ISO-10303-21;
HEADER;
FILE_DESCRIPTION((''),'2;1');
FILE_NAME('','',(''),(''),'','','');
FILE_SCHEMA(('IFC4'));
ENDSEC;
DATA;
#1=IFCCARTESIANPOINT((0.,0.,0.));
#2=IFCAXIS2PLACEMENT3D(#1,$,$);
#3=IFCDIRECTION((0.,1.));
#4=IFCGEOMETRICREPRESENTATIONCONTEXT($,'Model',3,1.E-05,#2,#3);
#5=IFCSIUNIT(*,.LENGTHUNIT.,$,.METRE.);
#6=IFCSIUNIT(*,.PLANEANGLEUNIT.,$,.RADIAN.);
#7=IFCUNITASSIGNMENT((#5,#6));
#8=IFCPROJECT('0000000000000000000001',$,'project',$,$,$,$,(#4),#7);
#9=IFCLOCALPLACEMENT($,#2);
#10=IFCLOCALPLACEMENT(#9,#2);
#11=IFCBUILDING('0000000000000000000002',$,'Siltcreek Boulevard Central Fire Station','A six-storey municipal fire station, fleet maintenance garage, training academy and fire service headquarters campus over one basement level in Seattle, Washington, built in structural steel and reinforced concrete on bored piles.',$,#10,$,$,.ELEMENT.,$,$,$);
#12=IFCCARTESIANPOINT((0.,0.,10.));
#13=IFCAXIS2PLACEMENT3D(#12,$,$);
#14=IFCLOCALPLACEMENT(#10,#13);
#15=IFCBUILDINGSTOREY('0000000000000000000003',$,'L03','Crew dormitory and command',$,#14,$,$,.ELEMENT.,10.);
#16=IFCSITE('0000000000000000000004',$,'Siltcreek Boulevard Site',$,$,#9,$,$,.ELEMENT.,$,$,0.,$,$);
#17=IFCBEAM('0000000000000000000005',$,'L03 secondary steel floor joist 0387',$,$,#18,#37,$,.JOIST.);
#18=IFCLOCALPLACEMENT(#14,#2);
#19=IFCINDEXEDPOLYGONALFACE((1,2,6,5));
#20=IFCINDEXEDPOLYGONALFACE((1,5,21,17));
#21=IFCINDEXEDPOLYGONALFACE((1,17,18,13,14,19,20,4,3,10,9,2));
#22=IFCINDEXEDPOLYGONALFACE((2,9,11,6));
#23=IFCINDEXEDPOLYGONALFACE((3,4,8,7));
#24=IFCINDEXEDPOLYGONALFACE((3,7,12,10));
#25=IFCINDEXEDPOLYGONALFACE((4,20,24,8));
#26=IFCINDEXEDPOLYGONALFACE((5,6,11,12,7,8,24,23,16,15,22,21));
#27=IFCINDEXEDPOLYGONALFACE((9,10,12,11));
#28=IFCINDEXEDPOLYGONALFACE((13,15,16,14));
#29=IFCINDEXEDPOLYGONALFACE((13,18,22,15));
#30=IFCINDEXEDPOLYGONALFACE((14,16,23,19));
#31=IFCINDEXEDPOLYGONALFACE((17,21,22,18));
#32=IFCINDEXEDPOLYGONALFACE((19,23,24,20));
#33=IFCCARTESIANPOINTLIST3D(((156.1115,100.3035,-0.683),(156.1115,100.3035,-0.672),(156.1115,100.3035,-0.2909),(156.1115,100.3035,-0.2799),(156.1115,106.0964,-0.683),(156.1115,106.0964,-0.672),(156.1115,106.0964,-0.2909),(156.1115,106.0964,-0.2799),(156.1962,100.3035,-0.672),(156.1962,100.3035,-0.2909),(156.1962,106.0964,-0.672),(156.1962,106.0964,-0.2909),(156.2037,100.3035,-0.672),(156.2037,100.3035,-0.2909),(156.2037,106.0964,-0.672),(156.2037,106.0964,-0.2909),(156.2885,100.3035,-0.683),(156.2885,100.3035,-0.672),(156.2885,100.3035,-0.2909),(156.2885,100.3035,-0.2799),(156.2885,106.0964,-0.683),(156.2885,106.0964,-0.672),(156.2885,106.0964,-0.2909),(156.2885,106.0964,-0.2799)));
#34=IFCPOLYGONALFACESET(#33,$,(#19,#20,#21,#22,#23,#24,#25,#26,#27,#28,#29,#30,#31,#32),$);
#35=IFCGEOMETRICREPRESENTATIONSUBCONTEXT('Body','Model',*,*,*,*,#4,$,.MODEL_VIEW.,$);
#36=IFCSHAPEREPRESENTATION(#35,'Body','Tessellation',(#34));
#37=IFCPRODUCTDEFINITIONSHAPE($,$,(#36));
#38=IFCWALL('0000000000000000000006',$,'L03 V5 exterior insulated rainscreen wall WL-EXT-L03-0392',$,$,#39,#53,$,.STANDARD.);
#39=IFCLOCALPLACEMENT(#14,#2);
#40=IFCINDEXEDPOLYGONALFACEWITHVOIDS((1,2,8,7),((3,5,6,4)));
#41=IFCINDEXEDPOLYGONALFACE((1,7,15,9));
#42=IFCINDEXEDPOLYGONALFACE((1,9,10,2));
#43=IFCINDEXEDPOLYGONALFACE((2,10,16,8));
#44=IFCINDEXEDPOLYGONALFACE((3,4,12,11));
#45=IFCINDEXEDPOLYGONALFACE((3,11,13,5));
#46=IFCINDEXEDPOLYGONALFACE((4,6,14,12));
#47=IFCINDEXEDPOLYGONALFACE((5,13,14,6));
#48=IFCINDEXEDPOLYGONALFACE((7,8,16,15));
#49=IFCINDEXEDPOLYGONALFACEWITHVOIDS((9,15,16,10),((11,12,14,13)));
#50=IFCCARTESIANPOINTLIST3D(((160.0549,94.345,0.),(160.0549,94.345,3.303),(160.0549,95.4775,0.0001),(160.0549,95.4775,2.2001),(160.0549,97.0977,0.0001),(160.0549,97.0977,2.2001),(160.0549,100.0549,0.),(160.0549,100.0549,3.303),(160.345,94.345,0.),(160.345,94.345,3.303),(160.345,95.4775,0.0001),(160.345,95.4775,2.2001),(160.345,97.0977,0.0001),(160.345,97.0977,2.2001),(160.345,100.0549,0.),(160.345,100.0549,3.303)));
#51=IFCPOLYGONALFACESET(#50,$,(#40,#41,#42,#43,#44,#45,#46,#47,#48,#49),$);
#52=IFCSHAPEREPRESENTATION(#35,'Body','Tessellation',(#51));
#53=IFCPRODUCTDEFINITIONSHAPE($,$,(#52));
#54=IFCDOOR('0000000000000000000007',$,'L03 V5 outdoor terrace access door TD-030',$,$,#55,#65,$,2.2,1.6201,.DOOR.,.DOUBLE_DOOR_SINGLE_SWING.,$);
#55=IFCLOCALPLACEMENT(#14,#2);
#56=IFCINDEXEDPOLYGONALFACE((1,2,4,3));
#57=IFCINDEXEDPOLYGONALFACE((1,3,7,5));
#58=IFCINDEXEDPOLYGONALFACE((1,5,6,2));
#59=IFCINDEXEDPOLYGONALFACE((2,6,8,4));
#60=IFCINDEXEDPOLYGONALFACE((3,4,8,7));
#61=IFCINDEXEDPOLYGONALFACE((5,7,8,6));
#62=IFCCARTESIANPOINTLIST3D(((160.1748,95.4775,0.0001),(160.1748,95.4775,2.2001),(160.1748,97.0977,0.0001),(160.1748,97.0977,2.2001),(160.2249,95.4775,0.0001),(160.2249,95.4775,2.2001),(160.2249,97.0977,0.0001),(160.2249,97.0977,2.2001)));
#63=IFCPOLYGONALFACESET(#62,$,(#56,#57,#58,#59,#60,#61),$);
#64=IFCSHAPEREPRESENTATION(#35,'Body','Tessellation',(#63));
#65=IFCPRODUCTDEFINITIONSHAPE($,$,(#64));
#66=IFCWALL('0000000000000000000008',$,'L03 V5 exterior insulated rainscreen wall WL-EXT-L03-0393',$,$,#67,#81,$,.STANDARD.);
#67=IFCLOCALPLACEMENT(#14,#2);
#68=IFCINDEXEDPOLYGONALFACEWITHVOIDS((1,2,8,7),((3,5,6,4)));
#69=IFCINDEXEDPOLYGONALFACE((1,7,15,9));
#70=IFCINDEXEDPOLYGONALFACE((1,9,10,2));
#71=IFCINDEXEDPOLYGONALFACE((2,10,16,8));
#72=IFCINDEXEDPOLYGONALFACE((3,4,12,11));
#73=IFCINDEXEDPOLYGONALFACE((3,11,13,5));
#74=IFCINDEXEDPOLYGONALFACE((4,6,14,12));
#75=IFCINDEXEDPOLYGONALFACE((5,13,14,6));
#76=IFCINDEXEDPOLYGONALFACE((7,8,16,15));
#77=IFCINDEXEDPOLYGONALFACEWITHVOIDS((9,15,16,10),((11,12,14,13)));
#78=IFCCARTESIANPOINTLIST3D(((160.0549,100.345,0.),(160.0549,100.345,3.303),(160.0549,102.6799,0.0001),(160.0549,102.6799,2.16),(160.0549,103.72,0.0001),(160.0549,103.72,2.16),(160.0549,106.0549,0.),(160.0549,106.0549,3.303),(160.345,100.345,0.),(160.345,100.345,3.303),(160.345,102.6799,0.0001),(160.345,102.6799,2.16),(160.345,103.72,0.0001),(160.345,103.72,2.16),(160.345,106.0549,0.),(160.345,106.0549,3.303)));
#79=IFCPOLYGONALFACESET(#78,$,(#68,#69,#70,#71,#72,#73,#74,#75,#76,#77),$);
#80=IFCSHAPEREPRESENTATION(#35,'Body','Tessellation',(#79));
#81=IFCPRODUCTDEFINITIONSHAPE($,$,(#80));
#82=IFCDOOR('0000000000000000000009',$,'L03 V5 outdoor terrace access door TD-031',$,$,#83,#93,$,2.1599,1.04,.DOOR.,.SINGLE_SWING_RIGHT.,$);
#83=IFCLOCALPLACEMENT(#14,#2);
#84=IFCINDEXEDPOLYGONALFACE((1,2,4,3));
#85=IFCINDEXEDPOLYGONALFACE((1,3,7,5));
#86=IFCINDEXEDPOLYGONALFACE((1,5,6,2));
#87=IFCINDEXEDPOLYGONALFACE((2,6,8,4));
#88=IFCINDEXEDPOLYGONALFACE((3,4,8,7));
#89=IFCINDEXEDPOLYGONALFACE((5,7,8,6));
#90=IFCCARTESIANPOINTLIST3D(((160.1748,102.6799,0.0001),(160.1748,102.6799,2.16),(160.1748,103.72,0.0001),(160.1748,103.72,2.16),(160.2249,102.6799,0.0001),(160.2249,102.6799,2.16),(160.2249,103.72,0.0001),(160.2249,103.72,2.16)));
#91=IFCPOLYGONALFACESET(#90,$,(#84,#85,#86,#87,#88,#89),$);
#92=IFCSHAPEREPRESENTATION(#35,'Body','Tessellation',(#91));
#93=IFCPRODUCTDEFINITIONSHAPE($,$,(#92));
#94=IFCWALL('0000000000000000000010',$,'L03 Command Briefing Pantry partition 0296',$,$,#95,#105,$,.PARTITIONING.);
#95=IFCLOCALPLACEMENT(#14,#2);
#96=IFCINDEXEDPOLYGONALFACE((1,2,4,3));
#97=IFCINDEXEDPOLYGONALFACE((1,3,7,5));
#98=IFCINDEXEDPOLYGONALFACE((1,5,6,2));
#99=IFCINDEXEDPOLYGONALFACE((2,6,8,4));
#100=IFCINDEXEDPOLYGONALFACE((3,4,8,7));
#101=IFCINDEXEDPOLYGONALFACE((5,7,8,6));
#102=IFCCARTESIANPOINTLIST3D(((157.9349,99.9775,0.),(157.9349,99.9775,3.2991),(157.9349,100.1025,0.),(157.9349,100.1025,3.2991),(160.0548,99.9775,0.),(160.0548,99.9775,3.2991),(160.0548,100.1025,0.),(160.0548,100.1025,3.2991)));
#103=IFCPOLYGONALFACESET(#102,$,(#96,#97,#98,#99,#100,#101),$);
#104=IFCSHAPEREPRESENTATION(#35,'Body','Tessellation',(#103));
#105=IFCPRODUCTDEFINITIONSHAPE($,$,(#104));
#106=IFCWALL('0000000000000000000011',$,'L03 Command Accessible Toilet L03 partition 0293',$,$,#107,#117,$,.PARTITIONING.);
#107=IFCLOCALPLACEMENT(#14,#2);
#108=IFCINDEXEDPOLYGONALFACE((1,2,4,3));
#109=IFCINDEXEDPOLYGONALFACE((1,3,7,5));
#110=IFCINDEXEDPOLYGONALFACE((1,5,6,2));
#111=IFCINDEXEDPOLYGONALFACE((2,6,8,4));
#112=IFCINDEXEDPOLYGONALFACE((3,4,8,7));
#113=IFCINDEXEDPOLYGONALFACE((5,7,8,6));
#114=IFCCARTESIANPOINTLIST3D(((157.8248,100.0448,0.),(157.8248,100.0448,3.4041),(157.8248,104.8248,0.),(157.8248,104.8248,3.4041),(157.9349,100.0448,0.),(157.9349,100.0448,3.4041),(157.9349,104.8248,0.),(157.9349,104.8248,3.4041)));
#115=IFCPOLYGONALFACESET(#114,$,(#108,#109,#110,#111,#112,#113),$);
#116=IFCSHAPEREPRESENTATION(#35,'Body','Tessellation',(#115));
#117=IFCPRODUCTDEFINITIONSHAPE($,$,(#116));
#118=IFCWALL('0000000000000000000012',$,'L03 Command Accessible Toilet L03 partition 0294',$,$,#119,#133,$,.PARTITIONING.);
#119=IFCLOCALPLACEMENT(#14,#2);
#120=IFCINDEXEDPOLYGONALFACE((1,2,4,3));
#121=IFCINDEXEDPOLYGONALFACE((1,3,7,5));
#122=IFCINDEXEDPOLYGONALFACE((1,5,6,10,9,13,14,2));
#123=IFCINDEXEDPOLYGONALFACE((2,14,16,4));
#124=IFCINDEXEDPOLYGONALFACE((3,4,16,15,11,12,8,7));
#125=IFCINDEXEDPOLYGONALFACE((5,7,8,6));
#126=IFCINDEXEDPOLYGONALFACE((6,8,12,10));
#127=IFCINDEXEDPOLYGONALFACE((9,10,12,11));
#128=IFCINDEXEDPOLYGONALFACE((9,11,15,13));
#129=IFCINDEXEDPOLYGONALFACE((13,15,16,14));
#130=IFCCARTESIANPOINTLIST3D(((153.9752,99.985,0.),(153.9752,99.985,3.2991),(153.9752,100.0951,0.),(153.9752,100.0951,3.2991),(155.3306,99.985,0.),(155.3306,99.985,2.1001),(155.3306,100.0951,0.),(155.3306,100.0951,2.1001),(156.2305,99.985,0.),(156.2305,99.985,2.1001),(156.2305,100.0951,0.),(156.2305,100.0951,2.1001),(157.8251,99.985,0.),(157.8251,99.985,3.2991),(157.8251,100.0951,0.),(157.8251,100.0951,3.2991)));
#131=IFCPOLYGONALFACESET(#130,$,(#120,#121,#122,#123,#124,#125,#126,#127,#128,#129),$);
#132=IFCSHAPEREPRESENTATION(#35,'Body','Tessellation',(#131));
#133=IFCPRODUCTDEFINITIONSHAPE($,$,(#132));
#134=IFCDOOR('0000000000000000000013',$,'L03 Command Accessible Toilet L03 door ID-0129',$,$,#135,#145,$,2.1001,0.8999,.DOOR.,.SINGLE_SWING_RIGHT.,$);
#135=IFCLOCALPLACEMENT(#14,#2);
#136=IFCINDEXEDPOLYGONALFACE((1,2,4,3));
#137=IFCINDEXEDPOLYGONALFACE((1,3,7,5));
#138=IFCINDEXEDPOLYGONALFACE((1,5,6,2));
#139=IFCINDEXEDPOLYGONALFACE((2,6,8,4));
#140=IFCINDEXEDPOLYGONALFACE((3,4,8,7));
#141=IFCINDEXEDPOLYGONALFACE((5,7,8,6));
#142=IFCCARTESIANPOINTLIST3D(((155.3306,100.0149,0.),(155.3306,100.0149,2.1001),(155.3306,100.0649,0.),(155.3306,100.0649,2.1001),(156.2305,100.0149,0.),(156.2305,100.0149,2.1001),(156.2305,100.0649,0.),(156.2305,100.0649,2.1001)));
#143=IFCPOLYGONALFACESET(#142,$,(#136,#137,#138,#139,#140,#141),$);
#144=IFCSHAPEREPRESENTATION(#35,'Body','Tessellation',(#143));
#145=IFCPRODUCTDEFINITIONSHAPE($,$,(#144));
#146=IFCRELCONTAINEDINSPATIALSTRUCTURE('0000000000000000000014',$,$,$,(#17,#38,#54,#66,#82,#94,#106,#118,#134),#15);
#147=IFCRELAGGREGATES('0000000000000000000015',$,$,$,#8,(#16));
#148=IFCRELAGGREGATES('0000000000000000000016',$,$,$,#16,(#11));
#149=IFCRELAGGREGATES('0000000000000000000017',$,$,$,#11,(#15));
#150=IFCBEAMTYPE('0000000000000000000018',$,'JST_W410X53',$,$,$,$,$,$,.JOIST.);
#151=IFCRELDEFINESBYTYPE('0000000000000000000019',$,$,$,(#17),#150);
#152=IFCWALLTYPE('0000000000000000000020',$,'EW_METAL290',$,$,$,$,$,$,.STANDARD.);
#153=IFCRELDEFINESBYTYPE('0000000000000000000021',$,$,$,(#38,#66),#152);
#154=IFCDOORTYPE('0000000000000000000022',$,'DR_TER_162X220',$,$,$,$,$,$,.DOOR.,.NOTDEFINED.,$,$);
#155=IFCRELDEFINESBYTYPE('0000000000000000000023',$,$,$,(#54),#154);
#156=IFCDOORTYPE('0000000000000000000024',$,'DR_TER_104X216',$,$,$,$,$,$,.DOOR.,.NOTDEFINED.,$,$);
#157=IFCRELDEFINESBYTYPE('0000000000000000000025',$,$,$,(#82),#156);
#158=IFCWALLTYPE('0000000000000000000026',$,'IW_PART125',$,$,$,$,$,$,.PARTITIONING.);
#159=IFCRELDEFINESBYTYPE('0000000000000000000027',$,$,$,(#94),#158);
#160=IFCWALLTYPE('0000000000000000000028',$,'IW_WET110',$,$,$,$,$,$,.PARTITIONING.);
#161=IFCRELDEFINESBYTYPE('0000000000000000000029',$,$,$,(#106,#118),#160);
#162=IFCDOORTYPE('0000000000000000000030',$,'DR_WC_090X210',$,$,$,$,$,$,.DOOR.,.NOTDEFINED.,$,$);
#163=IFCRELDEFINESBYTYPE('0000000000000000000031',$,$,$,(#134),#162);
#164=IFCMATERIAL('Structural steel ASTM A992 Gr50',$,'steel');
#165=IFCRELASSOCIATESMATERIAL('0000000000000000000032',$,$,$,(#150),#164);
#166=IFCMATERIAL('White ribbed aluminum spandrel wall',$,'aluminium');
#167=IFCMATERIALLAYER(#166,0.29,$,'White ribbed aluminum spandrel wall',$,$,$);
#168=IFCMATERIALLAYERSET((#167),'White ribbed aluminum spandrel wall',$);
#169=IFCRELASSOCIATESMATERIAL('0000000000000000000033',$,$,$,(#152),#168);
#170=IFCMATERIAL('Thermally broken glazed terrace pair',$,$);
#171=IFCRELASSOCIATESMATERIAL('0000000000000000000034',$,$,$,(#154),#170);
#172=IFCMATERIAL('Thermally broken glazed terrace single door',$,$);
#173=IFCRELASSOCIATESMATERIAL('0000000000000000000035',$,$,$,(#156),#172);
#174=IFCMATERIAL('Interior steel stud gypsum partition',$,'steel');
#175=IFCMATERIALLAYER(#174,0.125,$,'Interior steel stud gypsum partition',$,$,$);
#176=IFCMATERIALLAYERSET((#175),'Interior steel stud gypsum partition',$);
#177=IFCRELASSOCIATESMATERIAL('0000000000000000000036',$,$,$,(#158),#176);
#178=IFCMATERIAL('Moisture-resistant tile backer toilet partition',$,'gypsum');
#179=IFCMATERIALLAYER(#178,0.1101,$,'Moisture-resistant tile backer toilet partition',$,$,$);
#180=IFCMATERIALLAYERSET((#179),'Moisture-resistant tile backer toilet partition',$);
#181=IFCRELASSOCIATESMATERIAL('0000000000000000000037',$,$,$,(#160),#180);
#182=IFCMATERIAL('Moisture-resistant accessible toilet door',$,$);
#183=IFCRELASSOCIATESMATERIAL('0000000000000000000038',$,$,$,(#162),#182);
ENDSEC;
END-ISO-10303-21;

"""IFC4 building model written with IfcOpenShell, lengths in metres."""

from ifc_helpers import new_model, si_unit, direction, frame, frame_2d, origin, origin_2d, place, context, subcontext, project, spatial, rectangle, i_section, extrude, material, layer, layer_set, material_profile, profile_set, type_object, element, fill, save


model = new_model("IFC4")

# Units and contexts
model_context = context("Model", 3, precision=1e-05, world=origin(), true_north=direction((0.0, 1.0)))
body_context = subcontext(model_context, "Body", "Model", "MODEL_VIEW")
ifc_project = project(units=[si_unit("LENGTHUNIT", "METRE"), si_unit("PLANEANGLEUNIT", "RADIAN")], contexts=[model_context])

# Site, building, storey
site_placement = place(None, origin())
site = spatial("IfcSite", under=ifc_project, at=site_placement, Name="Siltcreek Boulevard Site", CompositionType="ELEMENT", RefElevation=0.0)
building_placement = place(site_placement, origin())
building = spatial("IfcBuilding", under=site, at=building_placement, Name="Siltcreek Boulevard Central Fire Station", Description="A six-storey municipal fire station, fleet maintenance garage, training academy and fire service headquarters campus over one basement level in Seattle, Washington, built in structural steel and reinforced concrete on bored piles.", CompositionType="ELEMENT")
storey_placement = place(building_placement, frame((0.0, 0.0, 10.0)))
storey = spatial("IfcBuildingStorey", under=building, at=storey_placement, Name="L03", Description="Crew dormitory and command", CompositionType="ELEMENT", Elevation=10.0)

# Shared definitions
ifc_material_1 = material(Name="Structural steel ASTM A992 Gr50", Category="steel")

# Beam
ifc_material_profile_1 = material_profile(ifc_material_1, i_section(OverallWidth=0.177, OverallDepth=0.4031, WebThickness=0.0076, FlangeThickness=0.011, at=origin_2d()), Name="W410X53")
ifc_profile_set_1 = profile_set([ifc_material_profile_1], Name="Structural steel ASTM A992 Gr50")
beam_type_1 = type_object("IfcBeamType", Name="JST_W410X53", PredefinedType="JOIST", material=ifc_profile_set_1)
for number, where, z_axis, x_axis, name in (
    (1, (156.2, 100.3035, -0.4814), (0.0, 1.0, 0.0), (-1.0, 0.0, 0.0), "L03 secondary steel floor joist 0387"),
):
    element("IfcBeam", number, at=place(storey_placement, frame(where, z_axis=z_axis, x_axis=x_axis)), inside=storey, type_object=beam_type_1, Name=name, PredefinedType="JOIST", context=body_context, shape_type="SweptSolid", body=[
        extrude(i_section(OverallWidth=0.177, OverallDepth=0.4031, WebThickness=0.0076, FlangeThickness=0.011, at=origin_2d()), origin(), (0.0, 0.0, 1.0), 5.793),
    ])

# Walls, openings, doors
ifc_material_2 = material(Name="White ribbed aluminum spandrel wall", Category="aluminium")
ifc_layer_1 = layer(ifc_material_2, 0.29, Name="White ribbed aluminum spandrel wall")
ifc_layer_set_1 = layer_set([ifc_layer_1], Name="White ribbed aluminum spandrel wall")
wall_type_1 = type_object("IfcWallType", Name="EW_METAL290", PredefinedType="STANDARD", material=ifc_layer_set_1)
wall_1_placement = place(storey_placement, frame((160.2, 94.345, 0.0), z_axis=(0.0, 0.0, 1.0), x_axis=(0.0, 1.0, 0.0)))
wall_1 = element("IfcWall", 2, at=wall_1_placement, inside=storey, type_object=wall_type_1, Name="L03 V5 exterior insulated rainscreen wall WL-EXT-L03-0392", PredefinedType="STANDARD", context=body_context, shape_type="SweptSolid", body=[
    extrude(rectangle(XDim=5.71, YDim=0.29, at=frame_2d((2.855, 0.0))), origin(), (0.0, 0.0, 1.0), 3.303),
])
opening_1_placement = place(wall_1_placement, frame((1.1326, 0.0, 0.0)))
opening_1 = element("IfcOpeningElement", 3, at=opening_1_placement, cuts=wall_1, PredefinedType="OPENING", context=body_context, shape_type="SweptSolid", body=[
    extrude(rectangle(XDim=1.6201, YDim=2.2, at=frame_2d((0.8101, 1.1001))), frame((0.0, 0.155, 0.0), z_axis=(0.0, -1.0, 0.0), x_axis=(1.0, 0.0, 0.0)), (0.0, 0.0, 1.0), 0.3101),
])
ifc_material_3 = material(Name="Thermally broken glazed terrace pair")
door_type_1 = type_object("IfcDoorType", Name="DR_TER_162X220", OperationType="NOTDEFINED", PredefinedType="DOOR", material=ifc_material_3)
door_1_placement = place(opening_1_placement, frame((1.6201, 0.0, 0.0), z_axis=(0.0, 0.0, 1.0), x_axis=(-1.0, 0.0, 0.0)))
door_1 = element("IfcDoor", 4, at=door_1_placement, inside=storey, type_object=door_type_1, Name="L03 V5 outdoor terrace access door TD-030", OperationType="DOUBLE_DOOR_SINGLE_SWING", OverallHeight=2.2, OverallWidth=1.6201, PredefinedType="DOOR", context=body_context, shape_type="SweptSolid", body=[
    extrude(rectangle(XDim=1.6201, YDim=2.2, at=frame_2d((0.8101, 1.1001))), frame((0.0, 0.0249, 0.0), z_axis=(0.0, -1.0, 0.0), x_axis=(1.0, 0.0, 0.0)), (0.0, 0.0, 1.0), 0.05),
])
fill(opening_1, door_1)
wall_2_placement = place(storey_placement, frame((160.2, 100.345, 0.0), z_axis=(0.0, 0.0, 1.0), x_axis=(0.0, 1.0, 0.0)))
wall_2 = element("IfcWall", 5, at=wall_2_placement, inside=storey, type_object=wall_type_1, Name="L03 V5 exterior insulated rainscreen wall WL-EXT-L03-0393", PredefinedType="STANDARD", context=body_context, shape_type="SweptSolid", body=[
    extrude(rectangle(XDim=5.71, YDim=0.29, at=frame_2d((2.855, 0.0))), origin(), (0.0, 0.0, 1.0), 3.303),
])
opening_2_placement = place(wall_2_placement, frame((2.335, 0.0, 0.0)))
opening_2 = element("IfcOpeningElement", 6, at=opening_2_placement, cuts=wall_2, PredefinedType="OPENING", context=body_context, shape_type="SweptSolid", body=[
    extrude(rectangle(XDim=1.04, YDim=2.1599, at=frame_2d((0.52, 1.0801))), frame((0.0, 0.155, 0.0), z_axis=(0.0, -1.0, 0.0), x_axis=(1.0, 0.0, 0.0)), (0.0, 0.0, 1.0), 0.3101),
])
ifc_material_4 = material(Name="Thermally broken glazed terrace single door")
door_type_2 = type_object("IfcDoorType", Name="DR_TER_104X216", OperationType="NOTDEFINED", PredefinedType="DOOR", material=ifc_material_4)
door_2_placement = place(opening_2_placement, frame((1.04, 0.0, 0.0), z_axis=(0.0, 0.0, 1.0), x_axis=(-1.0, 0.0, 0.0)))
door_2 = element("IfcDoor", 7, at=door_2_placement, inside=storey, type_object=door_type_2, Name="L03 V5 outdoor terrace access door TD-031", OperationType="SINGLE_SWING_RIGHT", OverallHeight=2.1599, OverallWidth=1.04, PredefinedType="DOOR", context=body_context, shape_type="SweptSolid", body=[
    extrude(rectangle(XDim=1.04, YDim=2.1599, at=frame_2d((0.52, 1.0801))), frame((0.0, 0.0249, 0.0), z_axis=(0.0, -1.0, 0.0), x_axis=(1.0, 0.0, 0.0)), (0.0, 0.0, 1.0), 0.05),
])
fill(opening_2, door_2)

# Walls
ifc_material_5 = material(Name="Interior steel stud gypsum partition", Category="steel")
ifc_layer_2 = layer(ifc_material_5, 0.125, Name="Interior steel stud gypsum partition")
ifc_layer_set_2 = layer_set([ifc_layer_2], Name="Interior steel stud gypsum partition")
wall_type_2 = type_object("IfcWallType", Name="IW_PART125", PredefinedType="PARTITIONING", material=ifc_layer_set_2)
wall_3_placement = place(storey_placement, frame((160.0549, 100.04, 0.0), z_axis=(0.0, 0.0, 1.0), x_axis=(-1.0, 0.0, 0.0)))
element("IfcWall", 8, at=wall_3_placement, inside=storey, type_object=wall_type_2, Name="L03 Command Briefing Pantry partition 0296", PredefinedType="PARTITIONING", context=body_context, shape_type="SweptSolid", body=[
    extrude(rectangle(XDim=2.1199, YDim=0.125, at=frame_2d((1.0601, 0.0))), origin(), (0.0, 0.0, 1.0), 3.2991),
])
ifc_material_6 = material(Name="Moisture-resistant tile backer toilet partition", Category="gypsum")
ifc_layer_3 = layer(ifc_material_6, 0.1101, Name="Moisture-resistant tile backer toilet partition")
ifc_layer_set_3 = layer_set([ifc_layer_3], Name="Moisture-resistant tile backer toilet partition")
wall_type_3 = type_object("IfcWallType", Name="IW_WET110", PredefinedType="PARTITIONING", material=ifc_layer_set_3)
wall_4_placement = place(storey_placement, frame((157.8799, 104.825, 0.0), z_axis=(0.0, 0.0, 1.0), x_axis=(0.0, -1.0, 0.0)))
element("IfcWall", 9, at=wall_4_placement, inside=storey, type_object=wall_type_3, Name="L03 Command Accessible Toilet L03 partition 0293", PredefinedType="PARTITIONING", context=body_context, shape_type="SweptSolid", body=[
    extrude(rectangle(XDim=4.78, YDim=0.1101, at=frame_2d((2.3901, 0.0))), origin(), (0.0, 0.0, 1.0), 3.4041),
])

# Wall, opening, door
wall_5_placement = place(storey_placement, frame((157.825, 100.04, 0.0), z_axis=(0.0, 0.0, 1.0), x_axis=(-1.0, 0.0, 0.0)))
wall_5 = element("IfcWall", 10, at=wall_5_placement, inside=storey, type_object=wall_type_3, Name="L03 Command Accessible Toilet L03 partition 0294", PredefinedType="PARTITIONING", context=body_context, shape_type="SweptSolid", body=[
    extrude(rectangle(XDim=3.8499, YDim=0.1101, at=frame_2d((1.9248, 0.0))), origin(), (0.0, 0.0, 1.0), 3.2991),
])
opening_3_placement = place(wall_5_placement, frame((1.5945, 0.0, 0.0)))
opening_3 = element("IfcOpeningElement", 11, at=opening_3_placement, cuts=wall_5, PredefinedType="OPENING", context=body_context, shape_type="SweptSolid", body=[
    extrude(rectangle(XDim=0.8999, YDim=2.1001, at=frame_2d((0.45, 1.05))), frame((0.0, 0.0649, 0.0), z_axis=(0.0, -1.0, 0.0), x_axis=(1.0, 0.0, 0.0)), (0.0, 0.0, 1.0), 0.1301),
])
ifc_material_7 = material(Name="Moisture-resistant accessible toilet door")
door_type_3 = type_object("IfcDoorType", Name="DR_WC_090X210", OperationType="NOTDEFINED", PredefinedType="DOOR", material=ifc_material_7)
door_3_placement = place(opening_3_placement, frame((0.8999, 0.0, 0.0), z_axis=(0.0, 0.0, 1.0), x_axis=(-1.0, 0.0, 0.0)))
door_3 = element("IfcDoor", 12, at=door_3_placement, inside=storey, type_object=door_type_3, Name="L03 Command Accessible Toilet L03 door ID-0129", OperationType="SINGLE_SWING_RIGHT", OverallHeight=2.1001, OverallWidth=0.8999, PredefinedType="DOOR", context=body_context, shape_type="SweptSolid", body=[
    extrude(rectangle(XDim=0.8999, YDim=2.1001, at=frame_2d((0.45, 1.05))), frame((0.0, 0.0249, 0.0), z_axis=(0.0, -1.0, 0.0), x_axis=(1.0, 0.0, 0.0)), (0.0, 0.0, 1.0), 0.05),
])
fill(opening_3, door_3)

save(model, "model.ifc")
